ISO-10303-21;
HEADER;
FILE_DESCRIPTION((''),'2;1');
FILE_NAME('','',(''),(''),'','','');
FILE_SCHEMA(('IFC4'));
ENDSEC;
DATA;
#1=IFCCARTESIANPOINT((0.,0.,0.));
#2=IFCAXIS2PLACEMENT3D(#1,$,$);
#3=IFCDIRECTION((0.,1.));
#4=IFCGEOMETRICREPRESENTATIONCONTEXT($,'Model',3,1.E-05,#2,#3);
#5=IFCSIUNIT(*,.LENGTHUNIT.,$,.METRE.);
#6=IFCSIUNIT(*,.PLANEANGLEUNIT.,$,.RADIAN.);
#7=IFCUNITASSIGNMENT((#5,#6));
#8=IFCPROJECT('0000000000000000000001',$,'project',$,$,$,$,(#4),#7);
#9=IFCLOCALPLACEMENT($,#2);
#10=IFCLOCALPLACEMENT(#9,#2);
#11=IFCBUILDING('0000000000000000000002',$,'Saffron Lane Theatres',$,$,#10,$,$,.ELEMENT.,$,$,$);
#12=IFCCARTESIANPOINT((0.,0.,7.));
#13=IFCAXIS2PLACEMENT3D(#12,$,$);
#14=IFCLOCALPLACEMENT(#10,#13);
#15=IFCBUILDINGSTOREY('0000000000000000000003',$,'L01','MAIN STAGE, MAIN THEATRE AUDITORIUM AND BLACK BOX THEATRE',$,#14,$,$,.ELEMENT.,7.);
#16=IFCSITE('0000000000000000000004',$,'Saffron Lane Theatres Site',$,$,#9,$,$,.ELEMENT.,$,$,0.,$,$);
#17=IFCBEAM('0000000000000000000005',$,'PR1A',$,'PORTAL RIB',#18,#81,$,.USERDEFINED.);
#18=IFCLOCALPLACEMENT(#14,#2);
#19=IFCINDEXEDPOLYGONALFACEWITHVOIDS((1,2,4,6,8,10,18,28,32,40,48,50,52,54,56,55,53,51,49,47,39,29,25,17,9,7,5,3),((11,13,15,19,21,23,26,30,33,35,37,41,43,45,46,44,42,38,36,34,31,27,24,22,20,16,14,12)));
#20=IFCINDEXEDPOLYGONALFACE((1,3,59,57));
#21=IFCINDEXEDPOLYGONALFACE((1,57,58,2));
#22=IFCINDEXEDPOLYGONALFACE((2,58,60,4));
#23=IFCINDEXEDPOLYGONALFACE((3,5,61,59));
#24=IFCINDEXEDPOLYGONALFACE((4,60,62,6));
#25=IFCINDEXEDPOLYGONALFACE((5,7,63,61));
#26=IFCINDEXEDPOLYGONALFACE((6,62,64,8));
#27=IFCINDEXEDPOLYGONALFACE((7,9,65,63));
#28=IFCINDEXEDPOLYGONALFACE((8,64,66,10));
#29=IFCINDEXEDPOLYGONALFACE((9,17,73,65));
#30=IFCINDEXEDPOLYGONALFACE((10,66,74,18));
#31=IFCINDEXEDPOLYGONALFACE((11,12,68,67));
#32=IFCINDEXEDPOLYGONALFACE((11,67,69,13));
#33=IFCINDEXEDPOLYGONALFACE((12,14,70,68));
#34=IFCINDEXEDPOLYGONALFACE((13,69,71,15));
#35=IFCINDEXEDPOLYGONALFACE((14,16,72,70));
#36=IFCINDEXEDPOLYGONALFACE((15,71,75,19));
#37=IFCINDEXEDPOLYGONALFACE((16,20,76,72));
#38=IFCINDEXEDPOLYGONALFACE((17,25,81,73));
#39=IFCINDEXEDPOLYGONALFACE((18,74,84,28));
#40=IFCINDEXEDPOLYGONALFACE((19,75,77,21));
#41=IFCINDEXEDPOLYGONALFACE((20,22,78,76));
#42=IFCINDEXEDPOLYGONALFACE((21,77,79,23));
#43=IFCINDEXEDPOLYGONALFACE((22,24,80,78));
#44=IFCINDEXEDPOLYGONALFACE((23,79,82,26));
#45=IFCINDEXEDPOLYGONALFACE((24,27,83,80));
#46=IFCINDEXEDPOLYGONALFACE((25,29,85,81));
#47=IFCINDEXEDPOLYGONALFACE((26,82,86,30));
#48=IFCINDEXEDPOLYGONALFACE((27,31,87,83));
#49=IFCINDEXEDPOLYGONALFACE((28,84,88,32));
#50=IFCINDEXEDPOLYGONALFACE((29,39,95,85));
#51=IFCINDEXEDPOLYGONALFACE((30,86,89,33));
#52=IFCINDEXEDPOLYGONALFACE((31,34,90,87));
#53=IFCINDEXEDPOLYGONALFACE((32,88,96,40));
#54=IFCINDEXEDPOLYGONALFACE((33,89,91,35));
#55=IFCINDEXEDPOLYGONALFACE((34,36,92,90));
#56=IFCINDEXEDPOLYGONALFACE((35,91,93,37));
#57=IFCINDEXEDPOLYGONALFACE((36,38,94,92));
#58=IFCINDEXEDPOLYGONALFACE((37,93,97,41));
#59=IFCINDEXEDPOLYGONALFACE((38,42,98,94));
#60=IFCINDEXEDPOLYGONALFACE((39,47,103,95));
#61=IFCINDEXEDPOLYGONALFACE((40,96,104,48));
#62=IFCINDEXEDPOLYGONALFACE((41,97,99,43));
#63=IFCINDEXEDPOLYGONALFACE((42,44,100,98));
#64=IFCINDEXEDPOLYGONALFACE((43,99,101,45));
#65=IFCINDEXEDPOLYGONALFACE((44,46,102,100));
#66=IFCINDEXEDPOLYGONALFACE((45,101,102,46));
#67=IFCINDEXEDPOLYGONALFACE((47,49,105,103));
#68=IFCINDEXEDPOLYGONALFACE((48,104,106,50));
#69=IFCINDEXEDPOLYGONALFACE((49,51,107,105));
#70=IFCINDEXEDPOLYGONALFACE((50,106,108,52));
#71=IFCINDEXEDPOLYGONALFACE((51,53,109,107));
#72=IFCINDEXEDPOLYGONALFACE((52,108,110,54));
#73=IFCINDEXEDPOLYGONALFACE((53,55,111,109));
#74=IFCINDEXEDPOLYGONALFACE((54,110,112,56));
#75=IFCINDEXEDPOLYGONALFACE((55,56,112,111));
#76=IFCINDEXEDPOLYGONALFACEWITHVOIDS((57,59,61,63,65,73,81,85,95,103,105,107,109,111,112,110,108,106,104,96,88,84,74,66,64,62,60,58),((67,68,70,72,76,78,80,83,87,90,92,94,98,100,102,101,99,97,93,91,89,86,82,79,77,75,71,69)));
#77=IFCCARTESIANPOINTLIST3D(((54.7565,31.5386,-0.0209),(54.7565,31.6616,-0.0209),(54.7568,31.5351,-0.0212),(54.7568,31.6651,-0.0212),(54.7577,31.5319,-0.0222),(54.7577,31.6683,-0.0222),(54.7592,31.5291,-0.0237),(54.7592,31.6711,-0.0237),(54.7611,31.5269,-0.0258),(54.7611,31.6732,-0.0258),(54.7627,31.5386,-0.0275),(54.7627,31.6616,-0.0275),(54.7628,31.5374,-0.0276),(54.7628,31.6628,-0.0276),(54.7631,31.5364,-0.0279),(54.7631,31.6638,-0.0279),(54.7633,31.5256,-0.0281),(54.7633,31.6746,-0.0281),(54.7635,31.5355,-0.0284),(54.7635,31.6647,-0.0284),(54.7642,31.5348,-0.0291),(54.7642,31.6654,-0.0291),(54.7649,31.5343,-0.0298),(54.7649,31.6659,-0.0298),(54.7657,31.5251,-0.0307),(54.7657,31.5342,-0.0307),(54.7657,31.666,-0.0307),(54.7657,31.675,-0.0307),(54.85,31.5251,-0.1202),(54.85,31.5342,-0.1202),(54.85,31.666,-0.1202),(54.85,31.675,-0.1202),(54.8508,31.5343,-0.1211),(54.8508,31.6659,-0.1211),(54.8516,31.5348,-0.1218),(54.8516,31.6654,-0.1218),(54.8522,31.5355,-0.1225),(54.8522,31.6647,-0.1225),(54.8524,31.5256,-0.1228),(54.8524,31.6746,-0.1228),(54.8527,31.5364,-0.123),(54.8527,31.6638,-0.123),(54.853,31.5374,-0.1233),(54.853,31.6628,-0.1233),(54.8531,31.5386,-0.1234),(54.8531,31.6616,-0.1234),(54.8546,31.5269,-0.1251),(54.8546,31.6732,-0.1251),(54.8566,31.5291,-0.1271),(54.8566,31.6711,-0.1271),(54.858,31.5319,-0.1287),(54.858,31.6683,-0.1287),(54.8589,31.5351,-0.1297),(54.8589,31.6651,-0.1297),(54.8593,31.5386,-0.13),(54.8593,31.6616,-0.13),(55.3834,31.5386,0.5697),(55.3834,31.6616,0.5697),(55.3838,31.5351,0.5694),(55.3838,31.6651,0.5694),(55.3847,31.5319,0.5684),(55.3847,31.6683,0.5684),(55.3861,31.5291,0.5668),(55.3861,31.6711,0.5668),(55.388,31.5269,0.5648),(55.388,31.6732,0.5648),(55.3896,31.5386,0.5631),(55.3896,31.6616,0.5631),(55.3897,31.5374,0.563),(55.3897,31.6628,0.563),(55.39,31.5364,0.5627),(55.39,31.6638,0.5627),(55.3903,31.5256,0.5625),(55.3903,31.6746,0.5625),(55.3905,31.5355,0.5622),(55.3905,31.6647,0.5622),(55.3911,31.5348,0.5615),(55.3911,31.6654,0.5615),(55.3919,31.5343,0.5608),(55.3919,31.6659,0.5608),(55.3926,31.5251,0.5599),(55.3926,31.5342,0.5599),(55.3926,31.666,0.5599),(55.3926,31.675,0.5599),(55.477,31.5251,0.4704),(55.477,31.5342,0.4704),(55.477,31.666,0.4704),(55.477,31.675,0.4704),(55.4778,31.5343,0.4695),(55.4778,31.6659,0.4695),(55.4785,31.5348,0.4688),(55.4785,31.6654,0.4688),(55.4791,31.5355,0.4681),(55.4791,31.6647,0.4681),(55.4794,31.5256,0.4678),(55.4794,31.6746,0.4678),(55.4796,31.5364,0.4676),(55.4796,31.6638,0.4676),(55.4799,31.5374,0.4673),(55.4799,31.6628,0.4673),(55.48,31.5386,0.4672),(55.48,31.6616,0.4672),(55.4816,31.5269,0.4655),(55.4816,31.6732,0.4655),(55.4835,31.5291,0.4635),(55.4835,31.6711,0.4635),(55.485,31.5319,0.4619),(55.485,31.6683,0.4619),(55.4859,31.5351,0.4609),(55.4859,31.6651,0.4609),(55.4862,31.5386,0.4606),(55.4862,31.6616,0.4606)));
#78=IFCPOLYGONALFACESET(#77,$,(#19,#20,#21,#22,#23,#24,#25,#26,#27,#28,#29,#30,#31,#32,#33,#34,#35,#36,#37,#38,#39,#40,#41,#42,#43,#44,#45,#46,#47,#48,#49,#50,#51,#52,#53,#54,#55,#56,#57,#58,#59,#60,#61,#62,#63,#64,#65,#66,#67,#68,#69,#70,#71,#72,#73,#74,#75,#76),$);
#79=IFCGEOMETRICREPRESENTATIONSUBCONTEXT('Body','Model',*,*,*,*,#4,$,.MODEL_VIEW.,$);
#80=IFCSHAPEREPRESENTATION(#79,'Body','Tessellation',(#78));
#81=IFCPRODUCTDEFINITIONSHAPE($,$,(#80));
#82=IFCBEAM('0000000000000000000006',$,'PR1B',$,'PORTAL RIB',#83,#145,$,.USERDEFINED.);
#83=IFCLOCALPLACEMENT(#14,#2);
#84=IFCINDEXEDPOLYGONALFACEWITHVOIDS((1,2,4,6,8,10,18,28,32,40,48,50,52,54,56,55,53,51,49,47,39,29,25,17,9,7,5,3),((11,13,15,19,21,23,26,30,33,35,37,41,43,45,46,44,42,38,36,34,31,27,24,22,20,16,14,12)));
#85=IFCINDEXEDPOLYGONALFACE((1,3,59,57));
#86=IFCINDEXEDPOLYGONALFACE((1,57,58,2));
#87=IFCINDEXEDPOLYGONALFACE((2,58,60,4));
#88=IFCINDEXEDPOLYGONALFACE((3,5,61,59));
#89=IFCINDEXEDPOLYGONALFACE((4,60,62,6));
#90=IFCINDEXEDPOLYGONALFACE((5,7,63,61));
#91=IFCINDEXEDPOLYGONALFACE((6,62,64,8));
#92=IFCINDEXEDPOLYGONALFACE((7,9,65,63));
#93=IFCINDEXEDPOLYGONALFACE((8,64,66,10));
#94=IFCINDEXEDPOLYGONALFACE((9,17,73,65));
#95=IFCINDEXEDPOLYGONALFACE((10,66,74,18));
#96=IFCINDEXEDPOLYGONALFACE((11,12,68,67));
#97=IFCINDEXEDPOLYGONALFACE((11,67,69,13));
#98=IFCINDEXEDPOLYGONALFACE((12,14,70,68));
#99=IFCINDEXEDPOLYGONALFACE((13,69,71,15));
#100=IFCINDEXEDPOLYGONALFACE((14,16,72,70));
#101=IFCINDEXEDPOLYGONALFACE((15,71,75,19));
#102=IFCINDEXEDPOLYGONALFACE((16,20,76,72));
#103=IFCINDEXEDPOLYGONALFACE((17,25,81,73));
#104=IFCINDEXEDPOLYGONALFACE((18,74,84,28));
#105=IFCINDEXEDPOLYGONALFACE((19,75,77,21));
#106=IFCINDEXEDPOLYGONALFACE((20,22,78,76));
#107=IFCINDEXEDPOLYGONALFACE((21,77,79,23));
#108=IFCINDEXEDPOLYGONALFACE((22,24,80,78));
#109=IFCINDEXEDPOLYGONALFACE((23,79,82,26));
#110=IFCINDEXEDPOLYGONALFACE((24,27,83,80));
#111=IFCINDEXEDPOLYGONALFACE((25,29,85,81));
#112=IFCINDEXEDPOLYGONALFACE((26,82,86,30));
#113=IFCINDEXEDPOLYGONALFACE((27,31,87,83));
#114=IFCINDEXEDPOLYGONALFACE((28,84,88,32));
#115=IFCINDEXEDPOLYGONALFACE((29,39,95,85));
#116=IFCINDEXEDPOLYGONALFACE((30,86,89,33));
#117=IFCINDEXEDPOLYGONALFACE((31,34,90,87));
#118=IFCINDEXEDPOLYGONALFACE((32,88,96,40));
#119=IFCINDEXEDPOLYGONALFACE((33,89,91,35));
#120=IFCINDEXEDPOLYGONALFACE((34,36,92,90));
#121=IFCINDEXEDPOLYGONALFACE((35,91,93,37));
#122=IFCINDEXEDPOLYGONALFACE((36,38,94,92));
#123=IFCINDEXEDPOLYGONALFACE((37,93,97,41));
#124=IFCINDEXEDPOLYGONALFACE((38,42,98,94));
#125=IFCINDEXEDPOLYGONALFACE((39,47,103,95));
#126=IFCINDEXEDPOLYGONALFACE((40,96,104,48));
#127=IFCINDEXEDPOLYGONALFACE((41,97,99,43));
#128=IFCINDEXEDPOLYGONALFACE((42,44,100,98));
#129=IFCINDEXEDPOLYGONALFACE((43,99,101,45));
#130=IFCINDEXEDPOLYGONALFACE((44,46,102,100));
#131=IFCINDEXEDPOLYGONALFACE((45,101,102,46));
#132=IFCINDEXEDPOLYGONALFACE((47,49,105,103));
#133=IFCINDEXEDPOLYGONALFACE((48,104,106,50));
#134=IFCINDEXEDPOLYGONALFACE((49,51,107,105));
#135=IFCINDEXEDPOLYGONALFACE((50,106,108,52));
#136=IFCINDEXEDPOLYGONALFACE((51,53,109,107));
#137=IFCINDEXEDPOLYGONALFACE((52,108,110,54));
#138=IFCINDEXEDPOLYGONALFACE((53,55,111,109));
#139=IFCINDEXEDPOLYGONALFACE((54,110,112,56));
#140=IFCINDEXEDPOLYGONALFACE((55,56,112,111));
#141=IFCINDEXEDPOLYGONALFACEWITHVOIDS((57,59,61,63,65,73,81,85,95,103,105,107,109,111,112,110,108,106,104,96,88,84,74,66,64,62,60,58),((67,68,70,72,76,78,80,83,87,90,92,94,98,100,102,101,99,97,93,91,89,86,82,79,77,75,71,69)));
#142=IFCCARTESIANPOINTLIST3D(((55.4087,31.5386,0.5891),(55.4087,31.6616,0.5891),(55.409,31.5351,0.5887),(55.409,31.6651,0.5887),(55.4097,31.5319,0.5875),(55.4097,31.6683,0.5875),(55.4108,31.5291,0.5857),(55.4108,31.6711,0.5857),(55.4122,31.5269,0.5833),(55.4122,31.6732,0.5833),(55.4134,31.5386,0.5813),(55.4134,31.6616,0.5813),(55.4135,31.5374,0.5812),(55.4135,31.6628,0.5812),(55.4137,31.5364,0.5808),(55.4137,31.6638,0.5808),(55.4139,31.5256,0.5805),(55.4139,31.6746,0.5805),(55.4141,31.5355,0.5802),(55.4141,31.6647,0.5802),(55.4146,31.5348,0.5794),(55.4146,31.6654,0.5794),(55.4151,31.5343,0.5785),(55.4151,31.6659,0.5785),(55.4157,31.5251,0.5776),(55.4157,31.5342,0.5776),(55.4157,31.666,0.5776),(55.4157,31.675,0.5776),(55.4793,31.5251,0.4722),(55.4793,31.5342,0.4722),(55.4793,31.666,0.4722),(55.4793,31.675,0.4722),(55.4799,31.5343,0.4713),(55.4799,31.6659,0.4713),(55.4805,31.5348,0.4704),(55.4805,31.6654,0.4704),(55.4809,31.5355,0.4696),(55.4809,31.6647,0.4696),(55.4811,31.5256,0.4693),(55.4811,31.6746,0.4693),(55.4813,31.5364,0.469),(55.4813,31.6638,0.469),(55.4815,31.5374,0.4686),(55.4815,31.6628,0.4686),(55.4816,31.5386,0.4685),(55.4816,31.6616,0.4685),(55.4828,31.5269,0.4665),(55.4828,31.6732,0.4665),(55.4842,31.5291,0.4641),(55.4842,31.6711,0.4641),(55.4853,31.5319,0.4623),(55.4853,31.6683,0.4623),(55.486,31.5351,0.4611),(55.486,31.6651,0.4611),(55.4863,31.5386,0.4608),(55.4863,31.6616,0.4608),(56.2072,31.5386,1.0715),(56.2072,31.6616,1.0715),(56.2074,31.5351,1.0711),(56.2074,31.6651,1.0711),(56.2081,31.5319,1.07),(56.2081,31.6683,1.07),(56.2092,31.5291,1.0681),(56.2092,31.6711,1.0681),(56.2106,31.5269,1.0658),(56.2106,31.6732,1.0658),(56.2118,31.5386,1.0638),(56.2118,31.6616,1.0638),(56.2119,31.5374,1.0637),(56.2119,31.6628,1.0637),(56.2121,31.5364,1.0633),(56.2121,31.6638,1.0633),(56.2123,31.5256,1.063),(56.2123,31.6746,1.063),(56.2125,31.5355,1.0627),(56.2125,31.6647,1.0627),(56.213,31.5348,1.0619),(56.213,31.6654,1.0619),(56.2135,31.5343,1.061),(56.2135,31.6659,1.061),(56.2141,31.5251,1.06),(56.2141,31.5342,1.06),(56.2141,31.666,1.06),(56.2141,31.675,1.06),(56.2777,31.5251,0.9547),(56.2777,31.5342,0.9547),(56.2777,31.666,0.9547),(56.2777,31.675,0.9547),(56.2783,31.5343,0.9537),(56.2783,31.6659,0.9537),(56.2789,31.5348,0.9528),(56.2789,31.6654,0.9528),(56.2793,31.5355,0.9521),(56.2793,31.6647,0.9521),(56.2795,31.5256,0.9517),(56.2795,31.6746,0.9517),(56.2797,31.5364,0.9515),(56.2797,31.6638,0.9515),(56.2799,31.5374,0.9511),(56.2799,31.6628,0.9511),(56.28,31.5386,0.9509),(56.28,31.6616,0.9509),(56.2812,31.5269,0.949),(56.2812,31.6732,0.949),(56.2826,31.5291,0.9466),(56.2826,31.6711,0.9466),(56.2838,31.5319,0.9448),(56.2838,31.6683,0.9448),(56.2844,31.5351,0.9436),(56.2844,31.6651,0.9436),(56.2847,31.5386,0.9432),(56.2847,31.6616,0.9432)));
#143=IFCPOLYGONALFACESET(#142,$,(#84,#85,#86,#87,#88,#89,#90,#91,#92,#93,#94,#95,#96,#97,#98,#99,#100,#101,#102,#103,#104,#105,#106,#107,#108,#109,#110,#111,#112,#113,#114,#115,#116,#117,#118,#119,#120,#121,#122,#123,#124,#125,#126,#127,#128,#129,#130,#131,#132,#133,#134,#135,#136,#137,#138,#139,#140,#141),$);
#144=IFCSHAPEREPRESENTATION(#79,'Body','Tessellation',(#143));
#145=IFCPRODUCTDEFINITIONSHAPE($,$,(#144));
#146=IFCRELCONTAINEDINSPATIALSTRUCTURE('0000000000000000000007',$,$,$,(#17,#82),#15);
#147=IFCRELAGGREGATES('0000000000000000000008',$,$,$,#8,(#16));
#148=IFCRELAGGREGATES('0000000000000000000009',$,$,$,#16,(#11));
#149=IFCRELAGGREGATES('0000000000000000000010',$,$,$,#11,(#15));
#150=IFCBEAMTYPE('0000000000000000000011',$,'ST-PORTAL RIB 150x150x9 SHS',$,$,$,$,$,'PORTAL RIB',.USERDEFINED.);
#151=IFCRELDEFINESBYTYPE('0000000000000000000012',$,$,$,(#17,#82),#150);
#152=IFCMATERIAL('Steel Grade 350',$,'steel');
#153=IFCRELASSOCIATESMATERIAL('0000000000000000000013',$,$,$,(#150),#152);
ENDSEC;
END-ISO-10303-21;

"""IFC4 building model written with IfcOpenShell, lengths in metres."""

from ifc_helpers import new_model, si_unit, direction, frame, origin, origin_2d, place, context, subcontext, project, spatial, hollow_rectangle, extrude, material, material_profile, profile_set, type_object, element, save


model = new_model("IFC4")

# Units and contexts
model_context = context("Model", 3, precision=1e-05, world=origin(), true_north=direction((0.0, 1.0)))
body_context = subcontext(model_context, "Body", "Model", "MODEL_VIEW")
ifc_project = project(units=[si_unit("LENGTHUNIT", "METRE"), si_unit("PLANEANGLEUNIT", "RADIAN")], contexts=[model_context])

# Site, building, storey
site_placement = place(None, origin())
site = spatial("IfcSite", under=ifc_project, at=site_placement, Name="Saffron Lane Theatres Site", CompositionType="ELEMENT", RefElevation=0.0)
building_placement = place(site_placement, origin())
building = spatial("IfcBuilding", under=site, at=building_placement, Name="Saffron Lane Theatres", CompositionType="ELEMENT")
storey_placement = place(building_placement, frame((0.0, 0.0, 7.0)))
storey = spatial("IfcBuildingStorey", under=building, at=storey_placement, Name="L01", Description="MAIN STAGE, MAIN THEATRE AUDITORIUM AND BLACK BOX THEATRE", CompositionType="ELEMENT", Elevation=7.0)

# Beams
ifc_material_1 = material(Name="Steel Grade 350", Category="steel")
ifc_material_profile_1 = material_profile(ifc_material_1, hollow_rectangle(XDim=0.1499, YDim=0.1499, WallThickness=0.009, InnerFilletRadius=0.0044, OuterFilletRadius=0.0134, at=origin_2d()))
ifc_profile_set_1 = profile_set([ifc_material_profile_1], Name="Steel Grade 350")
beam_type_1 = type_object("IfcBeamType", Name="ST-PORTAL RIB 150x150x9 SHS", ElementType="PORTAL RIB", PredefinedType="USERDEFINED", material=ifc_profile_set_1)
beam_1_placement = place(storey_placement, frame((54.8079, 31.6001, -0.0754), z_axis=(0.727909, 0.0, 0.685674), x_axis=(0.0, 1.0, 0.0)))
element("IfcBeam", 1, at=beam_1_placement, inside=storey, type_object=beam_type_1, Name="PR1A", ObjectType="PORTAL RIB", PredefinedType="USERDEFINED", context=body_context, shape_type="SweptSolid", body=[
    extrude(hollow_rectangle(XDim=0.1499, YDim=0.1499, WallThickness=0.009, InnerFilletRadius=0.0044, OuterFilletRadius=0.0134, at=origin_2d()), origin(), (0.0, 0.0, 1.0), 0.8613),
])
beam_2_placement = place(storey_placement, frame((55.4475, 31.6001, 0.5249), z_axis=(0.855872, 0.0, 0.517188), x_axis=(0.0, 1.0, 0.0)))
element("IfcBeam", 2, at=beam_2_placement, inside=storey, type_object=beam_type_1, Name="PR1B", ObjectType="PORTAL RIB", PredefinedType="USERDEFINED", context=body_context, shape_type="SweptSolid", body=[
    extrude(hollow_rectangle(XDim=0.1499, YDim=0.1499, WallThickness=0.009, InnerFilletRadius=0.0044, OuterFilletRadius=0.0134, at=origin_2d()), origin(), (0.0, 0.0, 1.0), 0.9329),
])

save(model, "model.ifc")
